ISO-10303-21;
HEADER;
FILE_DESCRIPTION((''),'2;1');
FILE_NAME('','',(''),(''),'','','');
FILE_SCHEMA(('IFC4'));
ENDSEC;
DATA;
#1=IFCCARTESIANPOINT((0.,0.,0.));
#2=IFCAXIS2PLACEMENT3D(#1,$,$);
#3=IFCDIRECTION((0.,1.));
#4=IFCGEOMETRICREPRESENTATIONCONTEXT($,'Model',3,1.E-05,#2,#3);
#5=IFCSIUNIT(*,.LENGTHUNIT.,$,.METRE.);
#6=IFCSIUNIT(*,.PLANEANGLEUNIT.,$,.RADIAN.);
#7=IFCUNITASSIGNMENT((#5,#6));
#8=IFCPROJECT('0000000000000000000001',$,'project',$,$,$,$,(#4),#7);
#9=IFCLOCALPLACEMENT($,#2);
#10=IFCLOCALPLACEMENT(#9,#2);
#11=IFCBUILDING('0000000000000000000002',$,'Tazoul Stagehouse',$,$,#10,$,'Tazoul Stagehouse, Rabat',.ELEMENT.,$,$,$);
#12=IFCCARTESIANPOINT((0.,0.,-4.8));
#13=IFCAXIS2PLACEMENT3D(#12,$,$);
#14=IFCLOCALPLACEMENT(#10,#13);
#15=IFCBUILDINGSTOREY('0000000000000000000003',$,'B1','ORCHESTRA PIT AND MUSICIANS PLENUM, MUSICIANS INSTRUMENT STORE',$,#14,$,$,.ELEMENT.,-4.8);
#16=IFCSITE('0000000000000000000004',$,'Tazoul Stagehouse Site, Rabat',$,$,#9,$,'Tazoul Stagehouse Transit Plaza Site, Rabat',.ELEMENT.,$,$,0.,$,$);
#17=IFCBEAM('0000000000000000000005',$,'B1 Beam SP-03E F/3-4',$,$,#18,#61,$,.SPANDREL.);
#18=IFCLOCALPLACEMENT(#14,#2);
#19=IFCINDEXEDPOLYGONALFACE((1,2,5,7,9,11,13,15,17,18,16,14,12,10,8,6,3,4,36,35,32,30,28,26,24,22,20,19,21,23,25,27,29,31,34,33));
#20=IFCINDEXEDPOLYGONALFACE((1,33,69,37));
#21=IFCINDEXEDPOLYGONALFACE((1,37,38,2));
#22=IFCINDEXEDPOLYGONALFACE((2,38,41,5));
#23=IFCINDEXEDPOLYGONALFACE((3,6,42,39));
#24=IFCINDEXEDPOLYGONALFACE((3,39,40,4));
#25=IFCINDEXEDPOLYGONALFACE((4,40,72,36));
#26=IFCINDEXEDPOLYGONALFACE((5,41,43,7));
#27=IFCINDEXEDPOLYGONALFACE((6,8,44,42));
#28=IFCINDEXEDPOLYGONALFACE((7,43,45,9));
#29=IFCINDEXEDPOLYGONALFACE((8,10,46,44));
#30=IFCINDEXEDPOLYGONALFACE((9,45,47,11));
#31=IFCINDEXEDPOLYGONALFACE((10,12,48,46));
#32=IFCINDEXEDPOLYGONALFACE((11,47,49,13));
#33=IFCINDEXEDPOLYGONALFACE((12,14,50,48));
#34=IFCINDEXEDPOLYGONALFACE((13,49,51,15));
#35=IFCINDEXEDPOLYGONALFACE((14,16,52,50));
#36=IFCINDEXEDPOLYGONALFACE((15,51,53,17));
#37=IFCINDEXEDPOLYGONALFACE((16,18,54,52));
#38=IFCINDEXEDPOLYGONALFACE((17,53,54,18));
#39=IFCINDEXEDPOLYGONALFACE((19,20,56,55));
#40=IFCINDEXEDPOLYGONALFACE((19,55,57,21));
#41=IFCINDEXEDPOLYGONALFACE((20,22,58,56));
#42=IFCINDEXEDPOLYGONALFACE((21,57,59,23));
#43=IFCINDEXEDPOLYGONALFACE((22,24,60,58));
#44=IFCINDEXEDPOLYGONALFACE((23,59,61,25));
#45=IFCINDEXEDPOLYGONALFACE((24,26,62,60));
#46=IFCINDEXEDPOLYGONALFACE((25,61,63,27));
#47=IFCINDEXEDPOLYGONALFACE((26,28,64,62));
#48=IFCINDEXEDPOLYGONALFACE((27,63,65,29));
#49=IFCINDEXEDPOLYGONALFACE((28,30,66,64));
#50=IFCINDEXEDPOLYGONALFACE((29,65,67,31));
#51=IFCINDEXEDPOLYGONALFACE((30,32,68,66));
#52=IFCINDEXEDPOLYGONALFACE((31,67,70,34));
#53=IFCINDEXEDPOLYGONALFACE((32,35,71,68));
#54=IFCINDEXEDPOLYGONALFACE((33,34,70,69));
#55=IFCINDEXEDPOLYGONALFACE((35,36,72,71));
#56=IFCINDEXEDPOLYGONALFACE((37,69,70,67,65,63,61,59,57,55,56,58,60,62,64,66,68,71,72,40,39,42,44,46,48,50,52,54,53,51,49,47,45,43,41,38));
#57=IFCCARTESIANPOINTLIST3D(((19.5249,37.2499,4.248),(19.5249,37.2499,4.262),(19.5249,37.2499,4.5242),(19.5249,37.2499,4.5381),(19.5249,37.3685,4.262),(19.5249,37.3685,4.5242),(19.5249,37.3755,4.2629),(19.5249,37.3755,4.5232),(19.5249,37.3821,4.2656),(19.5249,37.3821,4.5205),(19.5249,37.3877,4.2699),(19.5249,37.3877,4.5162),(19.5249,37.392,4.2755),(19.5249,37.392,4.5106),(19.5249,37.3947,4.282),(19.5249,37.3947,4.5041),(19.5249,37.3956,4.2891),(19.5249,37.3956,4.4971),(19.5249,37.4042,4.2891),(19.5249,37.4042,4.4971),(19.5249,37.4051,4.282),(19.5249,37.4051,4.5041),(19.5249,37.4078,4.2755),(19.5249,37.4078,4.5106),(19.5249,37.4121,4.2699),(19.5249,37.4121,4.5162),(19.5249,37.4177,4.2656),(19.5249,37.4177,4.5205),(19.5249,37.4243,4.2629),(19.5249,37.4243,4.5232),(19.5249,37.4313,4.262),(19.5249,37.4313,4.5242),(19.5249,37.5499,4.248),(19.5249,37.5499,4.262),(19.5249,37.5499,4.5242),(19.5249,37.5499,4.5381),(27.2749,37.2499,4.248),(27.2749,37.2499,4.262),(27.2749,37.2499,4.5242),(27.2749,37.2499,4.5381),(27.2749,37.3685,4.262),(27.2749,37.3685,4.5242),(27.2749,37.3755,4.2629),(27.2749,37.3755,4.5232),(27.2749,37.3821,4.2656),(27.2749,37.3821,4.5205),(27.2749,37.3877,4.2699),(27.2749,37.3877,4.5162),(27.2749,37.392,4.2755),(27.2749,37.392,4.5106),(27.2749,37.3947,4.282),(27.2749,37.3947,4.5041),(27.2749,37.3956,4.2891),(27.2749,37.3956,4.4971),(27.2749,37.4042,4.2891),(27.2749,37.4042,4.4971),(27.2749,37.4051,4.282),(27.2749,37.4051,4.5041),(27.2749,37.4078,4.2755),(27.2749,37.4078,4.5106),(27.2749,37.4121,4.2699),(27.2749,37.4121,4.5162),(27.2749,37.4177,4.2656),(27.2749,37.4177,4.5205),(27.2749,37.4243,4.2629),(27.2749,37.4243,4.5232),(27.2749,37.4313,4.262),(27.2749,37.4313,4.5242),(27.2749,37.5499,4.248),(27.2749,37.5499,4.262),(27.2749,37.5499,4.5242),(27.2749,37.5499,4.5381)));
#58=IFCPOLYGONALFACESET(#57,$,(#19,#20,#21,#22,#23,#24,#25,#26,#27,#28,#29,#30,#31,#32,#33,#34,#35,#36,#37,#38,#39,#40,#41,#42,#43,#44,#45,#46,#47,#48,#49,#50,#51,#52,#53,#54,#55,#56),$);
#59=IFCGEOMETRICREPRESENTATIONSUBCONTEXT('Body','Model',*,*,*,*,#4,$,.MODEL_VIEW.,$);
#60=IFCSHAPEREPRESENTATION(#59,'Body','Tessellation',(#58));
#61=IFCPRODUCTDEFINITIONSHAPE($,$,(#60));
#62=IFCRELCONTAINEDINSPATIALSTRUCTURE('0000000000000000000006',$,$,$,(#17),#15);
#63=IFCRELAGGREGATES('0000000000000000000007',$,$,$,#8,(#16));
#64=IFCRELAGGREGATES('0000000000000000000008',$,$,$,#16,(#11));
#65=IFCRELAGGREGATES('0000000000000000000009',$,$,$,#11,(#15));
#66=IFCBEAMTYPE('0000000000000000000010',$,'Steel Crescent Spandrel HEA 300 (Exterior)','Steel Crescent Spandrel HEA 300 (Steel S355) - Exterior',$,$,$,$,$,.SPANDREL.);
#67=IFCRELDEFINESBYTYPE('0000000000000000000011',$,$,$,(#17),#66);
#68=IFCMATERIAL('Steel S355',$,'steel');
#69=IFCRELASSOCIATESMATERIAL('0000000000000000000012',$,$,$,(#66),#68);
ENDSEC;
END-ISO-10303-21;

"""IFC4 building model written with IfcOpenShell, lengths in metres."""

from ifc_helpers import new_model, si_unit, direction, frame, origin, origin_2d, place, context, subcontext, project, spatial, i_section, extrude, material, material_profile, profile_set, type_object, element, save


model = new_model("IFC4")

# Units and contexts
model_context = context("Model", 3, precision=1e-05, world=origin(), true_north=direction((0.0, 1.0)))
body_context = subcontext(model_context, "Body", "Model", "MODEL_VIEW")
ifc_project = project(units=[si_unit("LENGTHUNIT", "METRE"), si_unit("PLANEANGLEUNIT", "RADIAN")], contexts=[model_context])

# Site, building, storey
site_placement = place(None, origin())
site = spatial("IfcSite", under=ifc_project, at=site_placement, Name="Tazoul Stagehouse Site, Rabat", LongName="Tazoul Stagehouse Transit Plaza Site, Rabat", CompositionType="ELEMENT", RefElevation=0.0)
building_placement = place(site_placement, origin())
building = spatial("IfcBuilding", under=site, at=building_placement, Name="Tazoul Stagehouse", LongName="Tazoul Stagehouse, Rabat", CompositionType="ELEMENT")
storey_placement = place(building_placement, frame((0.0, 0.0, -4.8)))
storey = spatial("IfcBuildingStorey", under=building, at=storey_placement, Name="B1", Description="ORCHESTRA PIT AND MUSICIANS PLENUM, MUSICIANS INSTRUMENT STORE", CompositionType="ELEMENT", Elevation=-4.8)

# Beam
ifc_material_1 = material(Name="Steel S355", Category="steel")
ifc_material_profile_1 = material_profile(ifc_material_1, i_section(OverallWidth=0.3, OverallDepth=0.29, WebThickness=0.0085, FlangeThickness=0.0139, FilletRadius=0.0271, at=origin_2d()), Name="HEA 300")
ifc_profile_set_1 = profile_set([ifc_material_profile_1], Name="Steel S355")
beam_type_1 = type_object("IfcBeamType", Name="Steel Crescent Spandrel HEA 300 (Exterior)", Description="Steel Crescent Spandrel HEA 300 (Steel S355) - Exterior", PredefinedType="SPANDREL", material=ifc_profile_set_1)
for number, where, z_axis, x_axis, name in (
    (1, (19.5249, 37.3999, 4.3931), (1.0, 0.0, 0.0), (0.0, 1.0, 0.0), "B1 Beam SP-03E F/3-4"),
):
    element("IfcBeam", number, at=place(storey_placement, frame(where, z_axis=z_axis, x_axis=x_axis)), inside=storey, type_object=beam_type_1, Name=name, PredefinedType="SPANDREL", context=body_context, shape_type="SweptSolid", body=[
        extrude(i_section(OverallWidth=0.3, OverallDepth=0.29, WebThickness=0.0085, FlangeThickness=0.0139, FilletRadius=0.0271, at=origin_2d()), origin(), (0.0, 0.0, 1.0), 7.75),
    ])

save(model, "model.ifc")
